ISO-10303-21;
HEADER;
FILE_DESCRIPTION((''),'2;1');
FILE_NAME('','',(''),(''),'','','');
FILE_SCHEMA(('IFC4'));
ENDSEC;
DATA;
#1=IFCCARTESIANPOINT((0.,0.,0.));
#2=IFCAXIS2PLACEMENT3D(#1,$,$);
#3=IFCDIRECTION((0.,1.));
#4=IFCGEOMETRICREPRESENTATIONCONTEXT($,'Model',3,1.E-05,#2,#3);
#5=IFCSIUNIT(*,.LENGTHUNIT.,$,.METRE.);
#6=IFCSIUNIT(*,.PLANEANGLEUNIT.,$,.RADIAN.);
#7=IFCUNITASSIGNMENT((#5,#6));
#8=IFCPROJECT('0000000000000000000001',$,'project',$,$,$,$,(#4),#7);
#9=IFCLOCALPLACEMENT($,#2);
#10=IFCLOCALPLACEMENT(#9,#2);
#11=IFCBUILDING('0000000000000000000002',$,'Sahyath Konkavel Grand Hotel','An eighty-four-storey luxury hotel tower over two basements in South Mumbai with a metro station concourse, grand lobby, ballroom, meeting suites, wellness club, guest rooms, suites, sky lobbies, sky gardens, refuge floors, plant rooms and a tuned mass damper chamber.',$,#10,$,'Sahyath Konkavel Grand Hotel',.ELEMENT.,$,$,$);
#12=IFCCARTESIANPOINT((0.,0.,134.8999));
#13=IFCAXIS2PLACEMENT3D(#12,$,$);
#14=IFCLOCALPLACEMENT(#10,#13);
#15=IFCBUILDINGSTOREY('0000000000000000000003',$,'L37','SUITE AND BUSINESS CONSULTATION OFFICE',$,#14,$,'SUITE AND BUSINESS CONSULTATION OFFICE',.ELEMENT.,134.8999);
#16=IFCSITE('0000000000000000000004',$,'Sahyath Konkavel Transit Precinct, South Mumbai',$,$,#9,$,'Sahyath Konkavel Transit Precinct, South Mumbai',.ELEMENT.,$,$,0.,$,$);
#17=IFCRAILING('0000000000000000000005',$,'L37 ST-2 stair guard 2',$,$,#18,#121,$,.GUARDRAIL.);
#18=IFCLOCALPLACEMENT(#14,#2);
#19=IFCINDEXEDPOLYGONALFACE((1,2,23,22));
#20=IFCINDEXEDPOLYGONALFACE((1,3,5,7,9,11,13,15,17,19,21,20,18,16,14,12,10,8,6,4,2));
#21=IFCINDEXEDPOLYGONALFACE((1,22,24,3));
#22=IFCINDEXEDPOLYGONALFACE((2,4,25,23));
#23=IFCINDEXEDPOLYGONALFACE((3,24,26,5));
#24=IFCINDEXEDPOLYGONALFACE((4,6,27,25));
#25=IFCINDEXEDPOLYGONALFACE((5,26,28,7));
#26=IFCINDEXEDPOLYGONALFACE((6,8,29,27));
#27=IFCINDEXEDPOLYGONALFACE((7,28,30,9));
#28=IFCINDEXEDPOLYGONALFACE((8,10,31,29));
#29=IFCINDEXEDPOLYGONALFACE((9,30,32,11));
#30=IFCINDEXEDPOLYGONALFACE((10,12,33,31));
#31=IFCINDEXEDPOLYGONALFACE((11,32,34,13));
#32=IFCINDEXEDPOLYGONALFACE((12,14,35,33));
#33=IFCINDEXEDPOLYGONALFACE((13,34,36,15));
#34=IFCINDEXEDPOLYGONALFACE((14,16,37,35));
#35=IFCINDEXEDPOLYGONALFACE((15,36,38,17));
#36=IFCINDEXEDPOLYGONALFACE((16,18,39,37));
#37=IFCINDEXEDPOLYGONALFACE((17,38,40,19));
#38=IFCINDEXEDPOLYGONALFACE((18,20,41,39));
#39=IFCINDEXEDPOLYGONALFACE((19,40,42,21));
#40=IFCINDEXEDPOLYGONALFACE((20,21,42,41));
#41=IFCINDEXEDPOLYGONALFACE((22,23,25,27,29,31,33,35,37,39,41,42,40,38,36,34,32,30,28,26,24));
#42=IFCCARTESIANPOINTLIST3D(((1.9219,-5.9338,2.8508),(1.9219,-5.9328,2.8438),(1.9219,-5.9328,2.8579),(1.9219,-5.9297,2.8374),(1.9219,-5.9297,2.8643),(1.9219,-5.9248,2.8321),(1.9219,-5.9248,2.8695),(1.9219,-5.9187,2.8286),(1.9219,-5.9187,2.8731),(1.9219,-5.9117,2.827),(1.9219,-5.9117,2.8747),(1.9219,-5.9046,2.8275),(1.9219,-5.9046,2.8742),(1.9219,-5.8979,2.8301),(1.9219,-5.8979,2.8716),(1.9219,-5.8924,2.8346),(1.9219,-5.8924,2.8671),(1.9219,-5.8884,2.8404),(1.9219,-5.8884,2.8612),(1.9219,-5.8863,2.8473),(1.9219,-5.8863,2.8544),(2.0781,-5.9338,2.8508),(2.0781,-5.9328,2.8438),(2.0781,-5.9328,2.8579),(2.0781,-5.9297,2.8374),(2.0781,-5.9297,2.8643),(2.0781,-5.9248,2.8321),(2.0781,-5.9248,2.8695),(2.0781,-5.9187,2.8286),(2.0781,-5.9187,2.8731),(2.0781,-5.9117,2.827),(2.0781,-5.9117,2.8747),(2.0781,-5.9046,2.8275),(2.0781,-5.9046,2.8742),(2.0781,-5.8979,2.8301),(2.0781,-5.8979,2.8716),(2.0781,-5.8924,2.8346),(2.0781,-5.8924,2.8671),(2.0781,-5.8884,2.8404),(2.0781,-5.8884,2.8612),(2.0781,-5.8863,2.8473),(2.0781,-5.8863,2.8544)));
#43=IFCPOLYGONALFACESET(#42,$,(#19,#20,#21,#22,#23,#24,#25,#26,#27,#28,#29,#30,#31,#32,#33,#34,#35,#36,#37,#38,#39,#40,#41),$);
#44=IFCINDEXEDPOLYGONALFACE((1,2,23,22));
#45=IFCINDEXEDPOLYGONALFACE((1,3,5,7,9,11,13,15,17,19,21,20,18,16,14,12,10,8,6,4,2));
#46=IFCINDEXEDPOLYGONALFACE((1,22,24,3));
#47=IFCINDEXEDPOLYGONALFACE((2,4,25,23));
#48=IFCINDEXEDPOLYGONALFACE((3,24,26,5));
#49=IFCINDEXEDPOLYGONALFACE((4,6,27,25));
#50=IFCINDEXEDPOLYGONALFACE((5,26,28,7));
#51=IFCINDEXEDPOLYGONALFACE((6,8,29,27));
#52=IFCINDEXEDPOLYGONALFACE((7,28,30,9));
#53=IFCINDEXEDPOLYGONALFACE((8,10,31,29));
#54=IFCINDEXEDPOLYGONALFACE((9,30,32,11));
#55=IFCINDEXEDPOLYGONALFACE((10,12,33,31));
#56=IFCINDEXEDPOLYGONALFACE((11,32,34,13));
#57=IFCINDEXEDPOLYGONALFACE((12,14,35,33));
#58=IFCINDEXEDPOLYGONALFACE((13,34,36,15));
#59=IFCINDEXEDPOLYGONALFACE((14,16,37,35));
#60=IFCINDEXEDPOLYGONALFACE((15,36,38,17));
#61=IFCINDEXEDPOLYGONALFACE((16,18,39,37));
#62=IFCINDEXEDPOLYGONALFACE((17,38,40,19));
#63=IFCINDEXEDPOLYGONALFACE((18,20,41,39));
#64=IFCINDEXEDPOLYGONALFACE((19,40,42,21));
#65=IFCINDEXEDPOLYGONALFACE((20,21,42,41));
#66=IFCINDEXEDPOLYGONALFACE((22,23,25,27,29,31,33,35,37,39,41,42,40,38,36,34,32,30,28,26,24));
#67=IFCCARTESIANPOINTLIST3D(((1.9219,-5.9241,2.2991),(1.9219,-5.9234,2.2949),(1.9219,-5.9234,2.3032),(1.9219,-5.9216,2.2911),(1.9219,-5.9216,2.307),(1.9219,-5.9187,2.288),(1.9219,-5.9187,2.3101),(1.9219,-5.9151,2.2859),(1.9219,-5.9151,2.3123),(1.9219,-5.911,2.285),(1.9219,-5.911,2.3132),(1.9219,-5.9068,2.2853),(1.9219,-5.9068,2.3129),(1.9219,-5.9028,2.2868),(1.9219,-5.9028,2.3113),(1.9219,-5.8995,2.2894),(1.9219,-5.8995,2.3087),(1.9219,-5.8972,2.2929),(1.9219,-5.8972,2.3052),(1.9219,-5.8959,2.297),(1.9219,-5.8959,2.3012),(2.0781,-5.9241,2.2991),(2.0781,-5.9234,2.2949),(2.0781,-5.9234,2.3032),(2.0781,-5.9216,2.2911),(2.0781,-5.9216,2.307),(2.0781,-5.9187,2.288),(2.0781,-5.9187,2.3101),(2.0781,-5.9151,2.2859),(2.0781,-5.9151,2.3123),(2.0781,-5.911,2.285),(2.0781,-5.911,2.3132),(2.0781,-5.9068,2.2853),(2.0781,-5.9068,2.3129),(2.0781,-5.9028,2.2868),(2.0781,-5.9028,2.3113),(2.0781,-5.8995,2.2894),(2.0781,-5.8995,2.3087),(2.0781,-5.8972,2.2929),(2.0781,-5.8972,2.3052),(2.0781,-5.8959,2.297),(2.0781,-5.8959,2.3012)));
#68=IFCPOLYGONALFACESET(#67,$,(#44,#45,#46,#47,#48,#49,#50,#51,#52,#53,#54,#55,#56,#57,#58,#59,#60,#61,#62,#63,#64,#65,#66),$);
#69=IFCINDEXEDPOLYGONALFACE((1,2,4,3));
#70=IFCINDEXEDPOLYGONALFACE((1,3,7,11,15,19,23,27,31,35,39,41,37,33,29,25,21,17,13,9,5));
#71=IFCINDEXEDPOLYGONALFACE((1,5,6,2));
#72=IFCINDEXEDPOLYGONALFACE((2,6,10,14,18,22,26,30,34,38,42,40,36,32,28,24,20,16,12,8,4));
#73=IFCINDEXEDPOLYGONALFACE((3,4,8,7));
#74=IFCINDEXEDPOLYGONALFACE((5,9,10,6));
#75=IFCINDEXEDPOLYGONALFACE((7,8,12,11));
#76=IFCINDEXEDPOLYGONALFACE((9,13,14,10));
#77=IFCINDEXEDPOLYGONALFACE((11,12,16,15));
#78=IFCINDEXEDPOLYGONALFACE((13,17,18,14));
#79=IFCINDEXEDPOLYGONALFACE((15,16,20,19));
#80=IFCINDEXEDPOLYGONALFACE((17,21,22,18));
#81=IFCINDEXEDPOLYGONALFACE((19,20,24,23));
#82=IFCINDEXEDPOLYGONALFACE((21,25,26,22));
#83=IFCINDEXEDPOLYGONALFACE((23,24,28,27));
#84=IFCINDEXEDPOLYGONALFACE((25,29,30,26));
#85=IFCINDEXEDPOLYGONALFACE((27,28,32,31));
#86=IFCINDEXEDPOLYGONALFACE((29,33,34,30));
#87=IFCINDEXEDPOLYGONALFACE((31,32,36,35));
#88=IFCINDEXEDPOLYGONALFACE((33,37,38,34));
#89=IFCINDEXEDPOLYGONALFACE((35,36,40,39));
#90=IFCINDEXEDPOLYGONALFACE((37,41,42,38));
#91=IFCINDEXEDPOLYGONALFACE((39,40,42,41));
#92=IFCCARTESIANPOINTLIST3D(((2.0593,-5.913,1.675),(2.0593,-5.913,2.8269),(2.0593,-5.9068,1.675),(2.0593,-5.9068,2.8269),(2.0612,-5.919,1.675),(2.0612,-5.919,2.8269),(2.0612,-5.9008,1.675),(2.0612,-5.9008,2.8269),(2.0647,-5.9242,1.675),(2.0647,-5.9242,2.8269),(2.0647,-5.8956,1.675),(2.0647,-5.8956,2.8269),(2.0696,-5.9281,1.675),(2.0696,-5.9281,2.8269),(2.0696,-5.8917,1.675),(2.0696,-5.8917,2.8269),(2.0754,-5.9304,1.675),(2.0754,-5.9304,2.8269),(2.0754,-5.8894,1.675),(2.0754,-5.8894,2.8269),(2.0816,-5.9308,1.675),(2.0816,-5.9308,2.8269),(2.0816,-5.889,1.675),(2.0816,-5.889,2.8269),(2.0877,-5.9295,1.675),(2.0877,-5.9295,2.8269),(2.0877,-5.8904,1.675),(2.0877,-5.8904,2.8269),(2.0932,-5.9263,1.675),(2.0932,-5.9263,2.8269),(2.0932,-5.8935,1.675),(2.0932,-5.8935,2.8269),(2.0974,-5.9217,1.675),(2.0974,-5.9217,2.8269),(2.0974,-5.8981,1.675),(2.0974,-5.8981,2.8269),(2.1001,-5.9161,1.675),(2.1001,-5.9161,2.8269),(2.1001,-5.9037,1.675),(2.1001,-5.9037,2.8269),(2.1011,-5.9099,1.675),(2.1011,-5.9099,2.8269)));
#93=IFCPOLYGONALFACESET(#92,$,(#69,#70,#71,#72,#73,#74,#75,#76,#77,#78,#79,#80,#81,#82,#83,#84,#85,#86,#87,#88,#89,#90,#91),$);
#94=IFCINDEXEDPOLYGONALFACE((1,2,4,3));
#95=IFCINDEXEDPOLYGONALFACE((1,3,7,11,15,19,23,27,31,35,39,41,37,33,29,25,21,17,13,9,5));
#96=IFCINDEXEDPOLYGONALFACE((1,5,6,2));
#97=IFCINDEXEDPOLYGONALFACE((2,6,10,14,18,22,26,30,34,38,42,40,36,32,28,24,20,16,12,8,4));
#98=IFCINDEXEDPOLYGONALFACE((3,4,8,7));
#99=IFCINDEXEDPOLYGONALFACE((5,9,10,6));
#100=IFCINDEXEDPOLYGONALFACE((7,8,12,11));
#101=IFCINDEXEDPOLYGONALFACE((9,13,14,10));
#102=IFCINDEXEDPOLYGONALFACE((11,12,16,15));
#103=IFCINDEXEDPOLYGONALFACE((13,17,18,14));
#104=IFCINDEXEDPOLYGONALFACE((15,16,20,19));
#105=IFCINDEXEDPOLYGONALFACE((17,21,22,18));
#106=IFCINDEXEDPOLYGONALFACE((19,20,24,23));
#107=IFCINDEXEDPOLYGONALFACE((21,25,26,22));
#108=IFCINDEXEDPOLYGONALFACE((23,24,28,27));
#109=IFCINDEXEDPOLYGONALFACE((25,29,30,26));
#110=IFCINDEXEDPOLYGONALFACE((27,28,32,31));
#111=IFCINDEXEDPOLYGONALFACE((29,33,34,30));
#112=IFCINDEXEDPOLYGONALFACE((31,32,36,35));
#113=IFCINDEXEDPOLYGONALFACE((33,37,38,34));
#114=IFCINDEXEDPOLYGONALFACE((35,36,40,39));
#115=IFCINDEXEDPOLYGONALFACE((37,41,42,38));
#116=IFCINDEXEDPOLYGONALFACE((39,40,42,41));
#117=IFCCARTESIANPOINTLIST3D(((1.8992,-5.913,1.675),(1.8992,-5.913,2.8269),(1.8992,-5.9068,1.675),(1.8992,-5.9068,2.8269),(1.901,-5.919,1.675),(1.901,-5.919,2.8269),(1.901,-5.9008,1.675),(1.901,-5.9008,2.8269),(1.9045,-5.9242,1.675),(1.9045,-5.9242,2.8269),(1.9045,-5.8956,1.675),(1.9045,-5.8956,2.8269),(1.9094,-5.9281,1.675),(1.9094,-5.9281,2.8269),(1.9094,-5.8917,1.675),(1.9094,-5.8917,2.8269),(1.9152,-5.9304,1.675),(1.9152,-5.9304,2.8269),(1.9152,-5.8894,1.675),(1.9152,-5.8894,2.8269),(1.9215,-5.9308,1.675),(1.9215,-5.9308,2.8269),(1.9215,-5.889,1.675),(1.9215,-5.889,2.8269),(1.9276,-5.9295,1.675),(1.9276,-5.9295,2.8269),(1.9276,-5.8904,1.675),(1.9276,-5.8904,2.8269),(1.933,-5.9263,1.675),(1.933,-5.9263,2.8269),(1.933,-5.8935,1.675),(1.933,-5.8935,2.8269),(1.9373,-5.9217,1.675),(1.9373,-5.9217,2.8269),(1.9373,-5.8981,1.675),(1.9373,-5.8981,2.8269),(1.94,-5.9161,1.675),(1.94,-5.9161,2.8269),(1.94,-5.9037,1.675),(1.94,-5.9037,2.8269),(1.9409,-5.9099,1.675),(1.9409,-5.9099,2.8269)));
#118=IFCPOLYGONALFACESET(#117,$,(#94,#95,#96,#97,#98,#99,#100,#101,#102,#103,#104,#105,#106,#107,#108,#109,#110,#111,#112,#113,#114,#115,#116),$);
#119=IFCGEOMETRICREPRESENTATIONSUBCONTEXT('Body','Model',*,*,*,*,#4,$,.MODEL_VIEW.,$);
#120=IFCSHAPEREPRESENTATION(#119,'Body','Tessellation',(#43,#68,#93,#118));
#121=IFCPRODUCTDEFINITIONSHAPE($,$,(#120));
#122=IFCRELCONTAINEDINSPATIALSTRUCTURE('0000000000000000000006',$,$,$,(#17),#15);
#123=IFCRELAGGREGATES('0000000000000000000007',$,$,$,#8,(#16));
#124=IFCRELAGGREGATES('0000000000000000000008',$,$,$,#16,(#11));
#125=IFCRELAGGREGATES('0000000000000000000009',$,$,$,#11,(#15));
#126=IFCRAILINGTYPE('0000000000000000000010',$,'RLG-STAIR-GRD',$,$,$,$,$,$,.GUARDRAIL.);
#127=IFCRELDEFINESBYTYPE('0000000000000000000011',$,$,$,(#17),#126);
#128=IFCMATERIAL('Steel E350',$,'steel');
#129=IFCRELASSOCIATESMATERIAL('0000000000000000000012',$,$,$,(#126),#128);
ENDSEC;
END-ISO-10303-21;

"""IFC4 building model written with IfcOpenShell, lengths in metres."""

from ifc_helpers import new_model, si_unit, direction, frame, origin, origin_2d, place, context, subcontext, project, spatial, circle, extrude, material, type_object, element, save


model = new_model("IFC4")

# Units and contexts
model_context = context("Model", 3, precision=1e-05, world=origin(), true_north=direction((0.0, 1.0)))
body_context = subcontext(model_context, "Body", "Model", "MODEL_VIEW")
ifc_project = project(units=[si_unit("LENGTHUNIT", "METRE"), si_unit("PLANEANGLEUNIT", "RADIAN")], contexts=[model_context])

# Site, building, storey
site_placement = place(None, origin())
site = spatial("IfcSite", under=ifc_project, at=site_placement, Name="Sahyath Konkavel Transit Precinct, South Mumbai", LongName="Sahyath Konkavel Transit Precinct, South Mumbai", CompositionType="ELEMENT", RefElevation=0.0)
building_placement = place(site_placement, origin())
building = spatial("IfcBuilding", under=site, at=building_placement, Name="Sahyath Konkavel Grand Hotel", Description="An eighty-four-storey luxury hotel tower over two basements in South Mumbai with a metro station concourse, grand lobby, ballroom, meeting suites, wellness club, guest rooms, suites, sky lobbies, sky gardens, refuge floors, plant rooms and a tuned mass damper chamber.", LongName="Sahyath Konkavel Grand Hotel", CompositionType="ELEMENT")
storey_placement = place(building_placement, frame((0.0, 0.0, 134.8999)))
storey = spatial("IfcBuildingStorey", under=building, at=storey_placement, Name="L37", Description="SUITE AND BUSINESS CONSULTATION OFFICE", LongName="SUITE AND BUSINESS CONSULTATION OFFICE", CompositionType="ELEMENT", Elevation=134.8999)

# Shared definitions
ifc_material_1 = material(Name="Steel E350", Category="steel")

# Railing
railing_type_1 = type_object("IfcRailingType", Name="RLG-STAIR-GRD", PredefinedType="GUARDRAIL", material=ifc_material_1)
railing_1_placement = place(storey_placement, frame((2.0801, -5.9099, 1.675)))
element("IfcRailing", 1, at=railing_1_placement, inside=storey, type_object=railing_type_1, Name="L37 ST-2 stair guard 2", PredefinedType="GUARDRAIL", context=body_context, shape_type="SweptSolid", body=[
    extrude(circle(Radius=0.0239, at=origin_2d()), frame((-0.002, 0.0, 1.1758), z_axis=(-1.0, 0.0, 0.0), x_axis=(0.0, -1.0, 0.0)), (0.0, 0.0, 1.0), 0.1562),
    extrude(circle(Radius=0.0142, at=origin_2d()), frame((-0.002, 0.0, 0.624), z_axis=(-1.0, 0.0, 0.0), x_axis=(0.0, -1.0, 0.0)), (0.0, 0.0, 1.0), 0.1562),
    extrude(circle(Radius=0.021, at=origin_2d()), origin(), (0.0, 0.0, 1.0), 1.1519),
    extrude(circle(Radius=0.021, at=origin_2d()), frame((-0.1602, 0.0, 0.0)), (0.0, 0.0, 1.0), 1.1519),
])

save(model, "model.ifc")
